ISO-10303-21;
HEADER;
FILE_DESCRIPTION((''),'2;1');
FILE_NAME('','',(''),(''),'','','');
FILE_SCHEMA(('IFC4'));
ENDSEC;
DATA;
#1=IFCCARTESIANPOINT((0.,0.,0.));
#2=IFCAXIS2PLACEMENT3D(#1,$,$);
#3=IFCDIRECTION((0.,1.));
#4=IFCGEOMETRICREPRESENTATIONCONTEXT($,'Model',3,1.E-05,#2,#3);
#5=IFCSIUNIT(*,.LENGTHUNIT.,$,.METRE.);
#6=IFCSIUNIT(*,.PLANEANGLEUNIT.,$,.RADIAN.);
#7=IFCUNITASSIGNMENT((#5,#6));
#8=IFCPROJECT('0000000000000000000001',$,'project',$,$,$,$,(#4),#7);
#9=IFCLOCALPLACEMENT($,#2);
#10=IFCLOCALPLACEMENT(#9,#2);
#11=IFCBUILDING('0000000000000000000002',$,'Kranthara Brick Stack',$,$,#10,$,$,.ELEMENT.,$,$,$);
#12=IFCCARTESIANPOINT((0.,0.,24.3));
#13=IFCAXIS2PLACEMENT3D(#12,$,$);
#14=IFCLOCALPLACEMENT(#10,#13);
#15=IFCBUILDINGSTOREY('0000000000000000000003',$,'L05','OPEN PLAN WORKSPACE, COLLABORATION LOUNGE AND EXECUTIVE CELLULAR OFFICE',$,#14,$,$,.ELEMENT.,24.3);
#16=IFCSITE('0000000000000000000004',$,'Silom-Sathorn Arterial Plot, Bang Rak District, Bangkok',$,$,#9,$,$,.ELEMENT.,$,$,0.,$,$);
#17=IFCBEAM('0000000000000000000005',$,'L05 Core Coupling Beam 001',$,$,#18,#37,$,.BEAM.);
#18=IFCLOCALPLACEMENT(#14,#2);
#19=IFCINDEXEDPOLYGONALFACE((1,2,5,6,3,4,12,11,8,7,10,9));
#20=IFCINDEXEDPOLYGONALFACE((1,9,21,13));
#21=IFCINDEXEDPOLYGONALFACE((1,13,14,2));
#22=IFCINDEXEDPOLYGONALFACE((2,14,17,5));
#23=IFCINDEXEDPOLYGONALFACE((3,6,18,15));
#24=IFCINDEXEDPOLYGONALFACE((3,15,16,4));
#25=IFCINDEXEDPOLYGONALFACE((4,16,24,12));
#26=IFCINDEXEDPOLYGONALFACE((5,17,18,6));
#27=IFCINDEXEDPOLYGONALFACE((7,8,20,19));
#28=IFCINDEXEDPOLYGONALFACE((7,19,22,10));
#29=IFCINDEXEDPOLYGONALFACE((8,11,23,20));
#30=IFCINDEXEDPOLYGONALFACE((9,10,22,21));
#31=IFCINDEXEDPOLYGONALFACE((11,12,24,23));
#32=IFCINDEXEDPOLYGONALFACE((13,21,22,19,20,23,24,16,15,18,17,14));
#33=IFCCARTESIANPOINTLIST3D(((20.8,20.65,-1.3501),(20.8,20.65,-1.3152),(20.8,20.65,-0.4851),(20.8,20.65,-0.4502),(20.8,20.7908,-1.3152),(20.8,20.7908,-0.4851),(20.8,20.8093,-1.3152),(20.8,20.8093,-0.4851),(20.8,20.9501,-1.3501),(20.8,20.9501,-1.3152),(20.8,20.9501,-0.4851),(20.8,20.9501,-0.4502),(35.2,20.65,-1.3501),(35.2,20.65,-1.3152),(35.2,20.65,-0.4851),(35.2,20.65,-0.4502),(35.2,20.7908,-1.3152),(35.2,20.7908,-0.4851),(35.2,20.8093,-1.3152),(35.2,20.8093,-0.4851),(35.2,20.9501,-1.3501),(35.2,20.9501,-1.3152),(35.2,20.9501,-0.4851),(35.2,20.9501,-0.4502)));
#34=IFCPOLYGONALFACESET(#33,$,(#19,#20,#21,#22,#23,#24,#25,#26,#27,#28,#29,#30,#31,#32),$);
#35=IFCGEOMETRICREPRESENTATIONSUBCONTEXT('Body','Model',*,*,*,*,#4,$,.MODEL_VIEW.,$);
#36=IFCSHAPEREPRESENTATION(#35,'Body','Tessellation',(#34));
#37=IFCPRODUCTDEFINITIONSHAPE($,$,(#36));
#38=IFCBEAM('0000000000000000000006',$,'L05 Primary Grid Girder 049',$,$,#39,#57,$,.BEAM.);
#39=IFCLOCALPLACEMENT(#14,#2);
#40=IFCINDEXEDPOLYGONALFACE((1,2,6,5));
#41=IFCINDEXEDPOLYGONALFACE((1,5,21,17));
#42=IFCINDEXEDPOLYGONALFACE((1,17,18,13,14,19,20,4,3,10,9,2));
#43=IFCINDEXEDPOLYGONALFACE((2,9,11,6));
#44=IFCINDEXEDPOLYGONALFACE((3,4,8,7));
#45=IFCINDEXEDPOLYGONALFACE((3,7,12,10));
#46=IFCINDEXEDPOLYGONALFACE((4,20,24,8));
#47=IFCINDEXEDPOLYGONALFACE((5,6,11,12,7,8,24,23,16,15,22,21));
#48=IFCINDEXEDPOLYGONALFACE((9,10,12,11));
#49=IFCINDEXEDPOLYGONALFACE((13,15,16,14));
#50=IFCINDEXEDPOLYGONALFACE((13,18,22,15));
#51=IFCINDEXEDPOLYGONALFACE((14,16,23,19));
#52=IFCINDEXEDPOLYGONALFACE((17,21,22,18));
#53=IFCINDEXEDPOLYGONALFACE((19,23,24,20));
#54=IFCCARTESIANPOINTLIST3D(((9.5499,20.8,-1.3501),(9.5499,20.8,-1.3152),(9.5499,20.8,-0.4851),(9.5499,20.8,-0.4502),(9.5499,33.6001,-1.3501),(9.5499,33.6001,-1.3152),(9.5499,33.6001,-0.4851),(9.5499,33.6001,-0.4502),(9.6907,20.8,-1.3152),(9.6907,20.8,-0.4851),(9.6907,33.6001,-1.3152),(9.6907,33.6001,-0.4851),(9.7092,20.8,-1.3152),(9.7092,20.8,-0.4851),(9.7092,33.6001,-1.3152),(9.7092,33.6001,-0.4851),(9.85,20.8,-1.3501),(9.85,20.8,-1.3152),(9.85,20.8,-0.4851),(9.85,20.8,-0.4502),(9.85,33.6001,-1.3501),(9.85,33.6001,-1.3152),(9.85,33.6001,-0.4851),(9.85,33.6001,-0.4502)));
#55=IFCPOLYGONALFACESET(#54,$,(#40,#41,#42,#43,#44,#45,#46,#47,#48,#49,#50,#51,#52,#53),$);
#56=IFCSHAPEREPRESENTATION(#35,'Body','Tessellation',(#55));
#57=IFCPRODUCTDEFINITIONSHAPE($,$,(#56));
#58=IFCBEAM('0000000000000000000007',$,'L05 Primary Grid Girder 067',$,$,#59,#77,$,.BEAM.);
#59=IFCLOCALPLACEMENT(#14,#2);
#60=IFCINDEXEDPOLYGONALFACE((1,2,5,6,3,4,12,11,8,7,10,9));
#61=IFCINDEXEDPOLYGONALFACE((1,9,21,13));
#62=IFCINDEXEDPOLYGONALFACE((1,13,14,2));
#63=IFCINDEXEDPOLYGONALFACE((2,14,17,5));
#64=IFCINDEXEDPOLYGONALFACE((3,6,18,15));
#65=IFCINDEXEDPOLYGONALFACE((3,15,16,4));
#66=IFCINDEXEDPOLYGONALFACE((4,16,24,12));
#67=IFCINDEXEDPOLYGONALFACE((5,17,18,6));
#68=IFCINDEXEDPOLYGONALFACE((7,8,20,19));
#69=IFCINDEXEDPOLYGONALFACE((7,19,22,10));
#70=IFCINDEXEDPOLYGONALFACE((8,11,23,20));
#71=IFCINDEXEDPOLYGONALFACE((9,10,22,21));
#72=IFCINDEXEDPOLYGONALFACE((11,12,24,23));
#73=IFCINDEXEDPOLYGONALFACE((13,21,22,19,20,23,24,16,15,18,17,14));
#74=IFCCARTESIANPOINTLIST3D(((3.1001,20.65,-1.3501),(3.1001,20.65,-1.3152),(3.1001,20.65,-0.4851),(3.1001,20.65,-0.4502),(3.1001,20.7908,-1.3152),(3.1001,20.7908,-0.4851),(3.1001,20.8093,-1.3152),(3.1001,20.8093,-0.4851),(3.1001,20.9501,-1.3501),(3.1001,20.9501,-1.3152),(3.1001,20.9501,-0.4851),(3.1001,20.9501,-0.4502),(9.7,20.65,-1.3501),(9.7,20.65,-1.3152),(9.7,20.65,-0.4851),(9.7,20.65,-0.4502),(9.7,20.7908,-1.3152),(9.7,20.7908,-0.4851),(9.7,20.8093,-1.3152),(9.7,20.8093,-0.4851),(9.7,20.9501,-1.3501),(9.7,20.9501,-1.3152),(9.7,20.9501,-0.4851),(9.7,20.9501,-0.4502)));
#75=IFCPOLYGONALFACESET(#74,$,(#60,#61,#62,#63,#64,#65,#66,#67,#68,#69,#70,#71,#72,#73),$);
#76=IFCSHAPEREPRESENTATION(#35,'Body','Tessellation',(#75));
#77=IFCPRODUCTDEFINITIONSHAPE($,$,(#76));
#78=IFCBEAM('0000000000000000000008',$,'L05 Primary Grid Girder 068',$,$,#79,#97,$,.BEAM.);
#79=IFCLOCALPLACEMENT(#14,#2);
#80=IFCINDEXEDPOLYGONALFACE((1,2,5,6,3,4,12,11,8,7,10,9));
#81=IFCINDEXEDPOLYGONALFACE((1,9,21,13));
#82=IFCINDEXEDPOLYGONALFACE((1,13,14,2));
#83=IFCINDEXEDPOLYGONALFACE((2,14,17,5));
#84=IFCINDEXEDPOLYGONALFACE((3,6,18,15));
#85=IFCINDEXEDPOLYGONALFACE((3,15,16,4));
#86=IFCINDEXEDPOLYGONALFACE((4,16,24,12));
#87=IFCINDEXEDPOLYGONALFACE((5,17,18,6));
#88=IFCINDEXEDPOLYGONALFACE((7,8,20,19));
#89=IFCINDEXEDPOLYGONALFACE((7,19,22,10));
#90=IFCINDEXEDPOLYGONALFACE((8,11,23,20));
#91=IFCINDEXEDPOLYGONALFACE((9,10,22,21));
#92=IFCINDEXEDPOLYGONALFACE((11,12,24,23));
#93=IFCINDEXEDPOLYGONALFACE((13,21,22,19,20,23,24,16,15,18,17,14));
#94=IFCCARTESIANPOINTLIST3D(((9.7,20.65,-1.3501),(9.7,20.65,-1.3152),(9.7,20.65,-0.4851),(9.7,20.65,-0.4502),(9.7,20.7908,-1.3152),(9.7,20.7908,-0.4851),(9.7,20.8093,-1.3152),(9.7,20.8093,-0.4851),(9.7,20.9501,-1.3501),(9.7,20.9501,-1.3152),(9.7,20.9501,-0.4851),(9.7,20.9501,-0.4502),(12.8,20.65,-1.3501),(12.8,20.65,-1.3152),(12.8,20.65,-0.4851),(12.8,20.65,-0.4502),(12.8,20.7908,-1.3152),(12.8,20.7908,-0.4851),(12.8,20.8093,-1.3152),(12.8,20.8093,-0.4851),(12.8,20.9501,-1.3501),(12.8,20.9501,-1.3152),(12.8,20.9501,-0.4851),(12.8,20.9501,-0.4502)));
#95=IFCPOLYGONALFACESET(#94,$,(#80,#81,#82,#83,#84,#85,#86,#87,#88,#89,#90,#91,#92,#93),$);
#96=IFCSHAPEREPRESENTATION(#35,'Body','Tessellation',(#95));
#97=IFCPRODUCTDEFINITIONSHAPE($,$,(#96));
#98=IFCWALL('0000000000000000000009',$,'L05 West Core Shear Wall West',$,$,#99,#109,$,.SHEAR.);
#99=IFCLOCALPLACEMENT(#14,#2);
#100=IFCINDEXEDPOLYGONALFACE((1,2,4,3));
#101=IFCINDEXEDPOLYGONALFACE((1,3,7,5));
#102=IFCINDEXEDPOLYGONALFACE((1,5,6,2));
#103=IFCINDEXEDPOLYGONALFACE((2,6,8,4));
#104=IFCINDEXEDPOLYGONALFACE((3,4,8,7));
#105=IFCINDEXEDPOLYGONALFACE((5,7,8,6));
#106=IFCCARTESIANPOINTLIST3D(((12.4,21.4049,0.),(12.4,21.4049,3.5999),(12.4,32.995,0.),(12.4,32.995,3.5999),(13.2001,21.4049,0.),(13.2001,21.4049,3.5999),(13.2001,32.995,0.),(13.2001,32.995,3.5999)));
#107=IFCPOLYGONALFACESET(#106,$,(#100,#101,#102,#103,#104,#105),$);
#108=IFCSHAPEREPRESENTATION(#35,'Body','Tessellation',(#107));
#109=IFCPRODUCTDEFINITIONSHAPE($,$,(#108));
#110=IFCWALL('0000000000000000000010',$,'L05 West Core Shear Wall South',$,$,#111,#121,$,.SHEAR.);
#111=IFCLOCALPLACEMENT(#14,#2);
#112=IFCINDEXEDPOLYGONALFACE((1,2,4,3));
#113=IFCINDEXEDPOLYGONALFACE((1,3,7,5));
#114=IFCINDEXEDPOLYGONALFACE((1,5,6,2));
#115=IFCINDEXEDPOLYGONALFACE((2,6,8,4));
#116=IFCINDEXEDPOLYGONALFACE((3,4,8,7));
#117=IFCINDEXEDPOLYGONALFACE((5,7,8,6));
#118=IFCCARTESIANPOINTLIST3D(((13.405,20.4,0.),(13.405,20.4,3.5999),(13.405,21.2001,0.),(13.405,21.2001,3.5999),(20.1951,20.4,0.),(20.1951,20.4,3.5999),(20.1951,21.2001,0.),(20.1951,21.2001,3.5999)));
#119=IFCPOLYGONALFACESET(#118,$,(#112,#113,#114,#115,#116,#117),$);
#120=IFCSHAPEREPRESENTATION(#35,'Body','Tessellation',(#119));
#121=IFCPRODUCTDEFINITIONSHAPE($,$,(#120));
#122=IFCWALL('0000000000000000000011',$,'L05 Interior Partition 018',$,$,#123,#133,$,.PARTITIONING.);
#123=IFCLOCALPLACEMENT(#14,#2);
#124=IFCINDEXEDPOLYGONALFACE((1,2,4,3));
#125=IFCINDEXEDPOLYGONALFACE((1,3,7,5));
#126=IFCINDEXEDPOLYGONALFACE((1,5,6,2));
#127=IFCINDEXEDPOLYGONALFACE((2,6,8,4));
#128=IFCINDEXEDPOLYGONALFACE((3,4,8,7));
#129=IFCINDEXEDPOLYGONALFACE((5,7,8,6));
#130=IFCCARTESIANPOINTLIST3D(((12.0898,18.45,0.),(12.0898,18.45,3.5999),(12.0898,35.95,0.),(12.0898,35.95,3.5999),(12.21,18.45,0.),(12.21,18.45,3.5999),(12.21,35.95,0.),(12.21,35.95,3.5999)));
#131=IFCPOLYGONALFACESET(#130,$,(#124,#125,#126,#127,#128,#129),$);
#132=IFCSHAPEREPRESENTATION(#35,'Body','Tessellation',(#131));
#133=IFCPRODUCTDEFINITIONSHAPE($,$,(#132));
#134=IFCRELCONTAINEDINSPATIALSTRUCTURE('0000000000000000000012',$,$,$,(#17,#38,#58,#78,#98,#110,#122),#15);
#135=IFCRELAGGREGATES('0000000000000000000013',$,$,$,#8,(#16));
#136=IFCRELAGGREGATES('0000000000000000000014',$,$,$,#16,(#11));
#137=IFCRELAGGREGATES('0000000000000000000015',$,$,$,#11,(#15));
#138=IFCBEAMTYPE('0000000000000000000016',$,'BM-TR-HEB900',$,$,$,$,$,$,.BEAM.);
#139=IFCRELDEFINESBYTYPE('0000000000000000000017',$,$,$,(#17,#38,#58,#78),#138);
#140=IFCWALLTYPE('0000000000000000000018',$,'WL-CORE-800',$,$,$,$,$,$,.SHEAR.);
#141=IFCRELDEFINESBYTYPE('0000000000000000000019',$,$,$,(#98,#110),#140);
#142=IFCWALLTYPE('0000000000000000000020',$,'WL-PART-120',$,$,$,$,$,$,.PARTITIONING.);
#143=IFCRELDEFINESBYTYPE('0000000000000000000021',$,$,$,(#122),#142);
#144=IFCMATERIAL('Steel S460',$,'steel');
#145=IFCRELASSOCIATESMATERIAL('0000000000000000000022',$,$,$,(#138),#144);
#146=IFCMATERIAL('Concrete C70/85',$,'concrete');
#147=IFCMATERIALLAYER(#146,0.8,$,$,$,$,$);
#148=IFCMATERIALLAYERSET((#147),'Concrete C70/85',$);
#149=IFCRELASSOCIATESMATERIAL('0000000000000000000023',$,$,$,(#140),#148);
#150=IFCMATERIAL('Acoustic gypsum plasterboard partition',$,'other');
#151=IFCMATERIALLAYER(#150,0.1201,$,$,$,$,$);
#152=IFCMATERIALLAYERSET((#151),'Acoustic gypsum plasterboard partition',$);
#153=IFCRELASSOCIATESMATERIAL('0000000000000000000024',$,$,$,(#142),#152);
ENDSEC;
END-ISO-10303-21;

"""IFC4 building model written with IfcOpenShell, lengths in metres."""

from ifc_helpers import new_model, si_unit, direction, frame, frame_2d, origin, origin_2d, place, context, subcontext, project, spatial, rectangle, i_section, extrude, material, layer, layer_set, material_profile, profile_set, type_object, element, save


model = new_model("IFC4")

# Units and contexts
model_context = context("Model", 3, precision=1e-05, world=origin(), true_north=direction((0.0, 1.0)))
body_context = subcontext(model_context, "Body", "Model", "MODEL_VIEW")
ifc_project = project(units=[si_unit("LENGTHUNIT", "METRE"), si_unit("PLANEANGLEUNIT", "RADIAN")], contexts=[model_context])

# Site, building, storey
site_placement = place(None, origin())
site = spatial("IfcSite", under=ifc_project, at=site_placement, Name="Silom-Sathorn Arterial Plot, Bang Rak District, Bangkok", CompositionType="ELEMENT", RefElevation=0.0)
building_placement = place(site_placement, origin())
building = spatial("IfcBuilding", under=site, at=building_placement, Name="Kranthara Brick Stack", CompositionType="ELEMENT")
storey_placement = place(building_placement, frame((0.0, 0.0, 24.3)))
storey = spatial("IfcBuildingStorey", under=building, at=storey_placement, Name="L05", Description="OPEN PLAN WORKSPACE, COLLABORATION LOUNGE AND EXECUTIVE CELLULAR OFFICE", CompositionType="ELEMENT", Elevation=24.3)

# Beams
ifc_material_1 = material(Name="Steel S460", Category="steel")
ifc_material_profile_1 = material_profile(ifc_material_1, i_section(OverallWidth=0.3, OverallDepth=0.8999, WebThickness=0.0186, FlangeThickness=0.0349, at=origin_2d()), Name="HEB 900")
ifc_profile_set_1 = profile_set([ifc_material_profile_1], Name="Steel S460")
beam_type_1 = type_object("IfcBeamType", Name="BM-TR-HEB900", PredefinedType="BEAM", material=ifc_profile_set_1)
beam_1_placement = place(storey_placement, frame((20.8, 20.8, -0.9001), z_axis=(1.0, 0.0, 0.0), x_axis=(0.0, 1.0, 0.0)))
element("IfcBeam", 1, at=beam_1_placement, inside=storey, type_object=beam_type_1, Name="L05 Core Coupling Beam 001", PredefinedType="BEAM", context=body_context, shape_type="SweptSolid", body=[
    extrude(i_section(OverallWidth=0.3, OverallDepth=0.8999, WebThickness=0.0186, FlangeThickness=0.0349, at=origin_2d()), origin(), (0.0, 0.0, 1.0), 14.3999),
])
beam_2_placement = place(storey_placement, frame((9.7, 20.8, -0.9001), z_axis=(0.0, 1.0, 0.0), x_axis=(-1.0, 0.0, 0.0)))
element("IfcBeam", 2, at=beam_2_placement, inside=storey, type_object=beam_type_1, Name="L05 Primary Grid Girder 049", PredefinedType="BEAM", context=body_context, shape_type="SweptSolid", body=[
    extrude(i_section(OverallWidth=0.3, OverallDepth=0.8999, WebThickness=0.0186, FlangeThickness=0.0349, at=origin_2d()), origin(), (0.0, 0.0, 1.0), 12.8),
])
beam_3_placement = place(storey_placement, frame((3.1001, 20.8, -0.9001), z_axis=(1.0, 0.0, 0.0), x_axis=(0.0, 1.0, 0.0)))
element("IfcBeam", 3, at=beam_3_placement, inside=storey, type_object=beam_type_1, Name="L05 Primary Grid Girder 067", PredefinedType="BEAM", context=body_context, shape_type="SweptSolid", body=[
    extrude(i_section(OverallWidth=0.3, OverallDepth=0.8999, WebThickness=0.0186, FlangeThickness=0.0349, at=origin_2d()), origin(), (0.0, 0.0, 1.0), 6.5999),
])
beam_4_placement = place(storey_placement, frame((9.7, 20.8, -0.9001), z_axis=(1.0, 0.0, 0.0), x_axis=(0.0, 1.0, 0.0)))
element("IfcBeam", 4, at=beam_4_placement, inside=storey, type_object=beam_type_1, Name="L05 Primary Grid Girder 068", PredefinedType="BEAM", context=body_context, shape_type="SweptSolid", body=[
    extrude(i_section(OverallWidth=0.3, OverallDepth=0.8999, WebThickness=0.0186, FlangeThickness=0.0349, at=origin_2d()), origin(), (0.0, 0.0, 1.0), 3.1001),
])

# Walls
ifc_material_2 = material(Name="Concrete C70/85", Category="concrete")
ifc_layer_1 = layer(ifc_material_2, 0.8)
ifc_layer_set_1 = layer_set([ifc_layer_1], Name="Concrete C70/85")
wall_type_1 = type_object("IfcWallType", Name="WL-CORE-800", PredefinedType="SHEAR", material=ifc_layer_set_1)
wall_1_placement = place(storey_placement, frame((12.8, 21.405, 0.0), z_axis=(0.0, 0.0, 1.0), x_axis=(0.0, 1.0, 0.0)))
element("IfcWall", 5, at=wall_1_placement, inside=storey, type_object=wall_type_1, Name="L05 West Core Shear Wall West", PredefinedType="SHEAR", context=body_context, shape_type="SweptSolid", body=[
    extrude(rectangle(XDim=11.5901, YDim=0.8, at=frame_2d((5.7949, 0.0))), origin(), (0.0, 0.0, 1.0), 3.5999),
])
wall_2_placement = place(storey_placement, frame((13.405, 20.8, 0.0), z_axis=(0.0, 0.0, 1.0), x_axis=(1.0, 0.0, 0.0)))
element("IfcWall", 6, at=wall_2_placement, inside=storey, type_object=wall_type_1, Name="L05 West Core Shear Wall South", PredefinedType="SHEAR", context=body_context, shape_type="SweptSolid", body=[
    extrude(rectangle(XDim=6.79, YDim=0.8, at=frame_2d((3.395, 0.0))), origin(), (0.0, 0.0, 1.0), 3.5999),
])

# Wall
ifc_material_3 = material(Name="Acoustic gypsum plasterboard partition", Category="other")
ifc_layer_2 = layer(ifc_material_3, 0.1201)
ifc_layer_set_2 = layer_set([ifc_layer_2], Name="Acoustic gypsum plasterboard partition")
wall_type_2 = type_object("IfcWallType", Name="WL-PART-120", PredefinedType="PARTITIONING", material=ifc_layer_set_2)
wall_3_placement = place(storey_placement, frame((12.1499, 18.45, 0.0), z_axis=(0.0, 0.0, 1.0), x_axis=(0.0, 1.0, 0.0)))
element("IfcWall", 7, at=wall_3_placement, inside=storey, type_object=wall_type_2, Name="L05 Interior Partition 018", PredefinedType="PARTITIONING", context=body_context, shape_type="SweptSolid", body=[
    extrude(rectangle(XDim=17.5, YDim=0.1201, at=frame_2d((8.75, 0.0))), origin(), (0.0, 0.0, 1.0), 3.5999),
])

save(model, "model.ifc")
